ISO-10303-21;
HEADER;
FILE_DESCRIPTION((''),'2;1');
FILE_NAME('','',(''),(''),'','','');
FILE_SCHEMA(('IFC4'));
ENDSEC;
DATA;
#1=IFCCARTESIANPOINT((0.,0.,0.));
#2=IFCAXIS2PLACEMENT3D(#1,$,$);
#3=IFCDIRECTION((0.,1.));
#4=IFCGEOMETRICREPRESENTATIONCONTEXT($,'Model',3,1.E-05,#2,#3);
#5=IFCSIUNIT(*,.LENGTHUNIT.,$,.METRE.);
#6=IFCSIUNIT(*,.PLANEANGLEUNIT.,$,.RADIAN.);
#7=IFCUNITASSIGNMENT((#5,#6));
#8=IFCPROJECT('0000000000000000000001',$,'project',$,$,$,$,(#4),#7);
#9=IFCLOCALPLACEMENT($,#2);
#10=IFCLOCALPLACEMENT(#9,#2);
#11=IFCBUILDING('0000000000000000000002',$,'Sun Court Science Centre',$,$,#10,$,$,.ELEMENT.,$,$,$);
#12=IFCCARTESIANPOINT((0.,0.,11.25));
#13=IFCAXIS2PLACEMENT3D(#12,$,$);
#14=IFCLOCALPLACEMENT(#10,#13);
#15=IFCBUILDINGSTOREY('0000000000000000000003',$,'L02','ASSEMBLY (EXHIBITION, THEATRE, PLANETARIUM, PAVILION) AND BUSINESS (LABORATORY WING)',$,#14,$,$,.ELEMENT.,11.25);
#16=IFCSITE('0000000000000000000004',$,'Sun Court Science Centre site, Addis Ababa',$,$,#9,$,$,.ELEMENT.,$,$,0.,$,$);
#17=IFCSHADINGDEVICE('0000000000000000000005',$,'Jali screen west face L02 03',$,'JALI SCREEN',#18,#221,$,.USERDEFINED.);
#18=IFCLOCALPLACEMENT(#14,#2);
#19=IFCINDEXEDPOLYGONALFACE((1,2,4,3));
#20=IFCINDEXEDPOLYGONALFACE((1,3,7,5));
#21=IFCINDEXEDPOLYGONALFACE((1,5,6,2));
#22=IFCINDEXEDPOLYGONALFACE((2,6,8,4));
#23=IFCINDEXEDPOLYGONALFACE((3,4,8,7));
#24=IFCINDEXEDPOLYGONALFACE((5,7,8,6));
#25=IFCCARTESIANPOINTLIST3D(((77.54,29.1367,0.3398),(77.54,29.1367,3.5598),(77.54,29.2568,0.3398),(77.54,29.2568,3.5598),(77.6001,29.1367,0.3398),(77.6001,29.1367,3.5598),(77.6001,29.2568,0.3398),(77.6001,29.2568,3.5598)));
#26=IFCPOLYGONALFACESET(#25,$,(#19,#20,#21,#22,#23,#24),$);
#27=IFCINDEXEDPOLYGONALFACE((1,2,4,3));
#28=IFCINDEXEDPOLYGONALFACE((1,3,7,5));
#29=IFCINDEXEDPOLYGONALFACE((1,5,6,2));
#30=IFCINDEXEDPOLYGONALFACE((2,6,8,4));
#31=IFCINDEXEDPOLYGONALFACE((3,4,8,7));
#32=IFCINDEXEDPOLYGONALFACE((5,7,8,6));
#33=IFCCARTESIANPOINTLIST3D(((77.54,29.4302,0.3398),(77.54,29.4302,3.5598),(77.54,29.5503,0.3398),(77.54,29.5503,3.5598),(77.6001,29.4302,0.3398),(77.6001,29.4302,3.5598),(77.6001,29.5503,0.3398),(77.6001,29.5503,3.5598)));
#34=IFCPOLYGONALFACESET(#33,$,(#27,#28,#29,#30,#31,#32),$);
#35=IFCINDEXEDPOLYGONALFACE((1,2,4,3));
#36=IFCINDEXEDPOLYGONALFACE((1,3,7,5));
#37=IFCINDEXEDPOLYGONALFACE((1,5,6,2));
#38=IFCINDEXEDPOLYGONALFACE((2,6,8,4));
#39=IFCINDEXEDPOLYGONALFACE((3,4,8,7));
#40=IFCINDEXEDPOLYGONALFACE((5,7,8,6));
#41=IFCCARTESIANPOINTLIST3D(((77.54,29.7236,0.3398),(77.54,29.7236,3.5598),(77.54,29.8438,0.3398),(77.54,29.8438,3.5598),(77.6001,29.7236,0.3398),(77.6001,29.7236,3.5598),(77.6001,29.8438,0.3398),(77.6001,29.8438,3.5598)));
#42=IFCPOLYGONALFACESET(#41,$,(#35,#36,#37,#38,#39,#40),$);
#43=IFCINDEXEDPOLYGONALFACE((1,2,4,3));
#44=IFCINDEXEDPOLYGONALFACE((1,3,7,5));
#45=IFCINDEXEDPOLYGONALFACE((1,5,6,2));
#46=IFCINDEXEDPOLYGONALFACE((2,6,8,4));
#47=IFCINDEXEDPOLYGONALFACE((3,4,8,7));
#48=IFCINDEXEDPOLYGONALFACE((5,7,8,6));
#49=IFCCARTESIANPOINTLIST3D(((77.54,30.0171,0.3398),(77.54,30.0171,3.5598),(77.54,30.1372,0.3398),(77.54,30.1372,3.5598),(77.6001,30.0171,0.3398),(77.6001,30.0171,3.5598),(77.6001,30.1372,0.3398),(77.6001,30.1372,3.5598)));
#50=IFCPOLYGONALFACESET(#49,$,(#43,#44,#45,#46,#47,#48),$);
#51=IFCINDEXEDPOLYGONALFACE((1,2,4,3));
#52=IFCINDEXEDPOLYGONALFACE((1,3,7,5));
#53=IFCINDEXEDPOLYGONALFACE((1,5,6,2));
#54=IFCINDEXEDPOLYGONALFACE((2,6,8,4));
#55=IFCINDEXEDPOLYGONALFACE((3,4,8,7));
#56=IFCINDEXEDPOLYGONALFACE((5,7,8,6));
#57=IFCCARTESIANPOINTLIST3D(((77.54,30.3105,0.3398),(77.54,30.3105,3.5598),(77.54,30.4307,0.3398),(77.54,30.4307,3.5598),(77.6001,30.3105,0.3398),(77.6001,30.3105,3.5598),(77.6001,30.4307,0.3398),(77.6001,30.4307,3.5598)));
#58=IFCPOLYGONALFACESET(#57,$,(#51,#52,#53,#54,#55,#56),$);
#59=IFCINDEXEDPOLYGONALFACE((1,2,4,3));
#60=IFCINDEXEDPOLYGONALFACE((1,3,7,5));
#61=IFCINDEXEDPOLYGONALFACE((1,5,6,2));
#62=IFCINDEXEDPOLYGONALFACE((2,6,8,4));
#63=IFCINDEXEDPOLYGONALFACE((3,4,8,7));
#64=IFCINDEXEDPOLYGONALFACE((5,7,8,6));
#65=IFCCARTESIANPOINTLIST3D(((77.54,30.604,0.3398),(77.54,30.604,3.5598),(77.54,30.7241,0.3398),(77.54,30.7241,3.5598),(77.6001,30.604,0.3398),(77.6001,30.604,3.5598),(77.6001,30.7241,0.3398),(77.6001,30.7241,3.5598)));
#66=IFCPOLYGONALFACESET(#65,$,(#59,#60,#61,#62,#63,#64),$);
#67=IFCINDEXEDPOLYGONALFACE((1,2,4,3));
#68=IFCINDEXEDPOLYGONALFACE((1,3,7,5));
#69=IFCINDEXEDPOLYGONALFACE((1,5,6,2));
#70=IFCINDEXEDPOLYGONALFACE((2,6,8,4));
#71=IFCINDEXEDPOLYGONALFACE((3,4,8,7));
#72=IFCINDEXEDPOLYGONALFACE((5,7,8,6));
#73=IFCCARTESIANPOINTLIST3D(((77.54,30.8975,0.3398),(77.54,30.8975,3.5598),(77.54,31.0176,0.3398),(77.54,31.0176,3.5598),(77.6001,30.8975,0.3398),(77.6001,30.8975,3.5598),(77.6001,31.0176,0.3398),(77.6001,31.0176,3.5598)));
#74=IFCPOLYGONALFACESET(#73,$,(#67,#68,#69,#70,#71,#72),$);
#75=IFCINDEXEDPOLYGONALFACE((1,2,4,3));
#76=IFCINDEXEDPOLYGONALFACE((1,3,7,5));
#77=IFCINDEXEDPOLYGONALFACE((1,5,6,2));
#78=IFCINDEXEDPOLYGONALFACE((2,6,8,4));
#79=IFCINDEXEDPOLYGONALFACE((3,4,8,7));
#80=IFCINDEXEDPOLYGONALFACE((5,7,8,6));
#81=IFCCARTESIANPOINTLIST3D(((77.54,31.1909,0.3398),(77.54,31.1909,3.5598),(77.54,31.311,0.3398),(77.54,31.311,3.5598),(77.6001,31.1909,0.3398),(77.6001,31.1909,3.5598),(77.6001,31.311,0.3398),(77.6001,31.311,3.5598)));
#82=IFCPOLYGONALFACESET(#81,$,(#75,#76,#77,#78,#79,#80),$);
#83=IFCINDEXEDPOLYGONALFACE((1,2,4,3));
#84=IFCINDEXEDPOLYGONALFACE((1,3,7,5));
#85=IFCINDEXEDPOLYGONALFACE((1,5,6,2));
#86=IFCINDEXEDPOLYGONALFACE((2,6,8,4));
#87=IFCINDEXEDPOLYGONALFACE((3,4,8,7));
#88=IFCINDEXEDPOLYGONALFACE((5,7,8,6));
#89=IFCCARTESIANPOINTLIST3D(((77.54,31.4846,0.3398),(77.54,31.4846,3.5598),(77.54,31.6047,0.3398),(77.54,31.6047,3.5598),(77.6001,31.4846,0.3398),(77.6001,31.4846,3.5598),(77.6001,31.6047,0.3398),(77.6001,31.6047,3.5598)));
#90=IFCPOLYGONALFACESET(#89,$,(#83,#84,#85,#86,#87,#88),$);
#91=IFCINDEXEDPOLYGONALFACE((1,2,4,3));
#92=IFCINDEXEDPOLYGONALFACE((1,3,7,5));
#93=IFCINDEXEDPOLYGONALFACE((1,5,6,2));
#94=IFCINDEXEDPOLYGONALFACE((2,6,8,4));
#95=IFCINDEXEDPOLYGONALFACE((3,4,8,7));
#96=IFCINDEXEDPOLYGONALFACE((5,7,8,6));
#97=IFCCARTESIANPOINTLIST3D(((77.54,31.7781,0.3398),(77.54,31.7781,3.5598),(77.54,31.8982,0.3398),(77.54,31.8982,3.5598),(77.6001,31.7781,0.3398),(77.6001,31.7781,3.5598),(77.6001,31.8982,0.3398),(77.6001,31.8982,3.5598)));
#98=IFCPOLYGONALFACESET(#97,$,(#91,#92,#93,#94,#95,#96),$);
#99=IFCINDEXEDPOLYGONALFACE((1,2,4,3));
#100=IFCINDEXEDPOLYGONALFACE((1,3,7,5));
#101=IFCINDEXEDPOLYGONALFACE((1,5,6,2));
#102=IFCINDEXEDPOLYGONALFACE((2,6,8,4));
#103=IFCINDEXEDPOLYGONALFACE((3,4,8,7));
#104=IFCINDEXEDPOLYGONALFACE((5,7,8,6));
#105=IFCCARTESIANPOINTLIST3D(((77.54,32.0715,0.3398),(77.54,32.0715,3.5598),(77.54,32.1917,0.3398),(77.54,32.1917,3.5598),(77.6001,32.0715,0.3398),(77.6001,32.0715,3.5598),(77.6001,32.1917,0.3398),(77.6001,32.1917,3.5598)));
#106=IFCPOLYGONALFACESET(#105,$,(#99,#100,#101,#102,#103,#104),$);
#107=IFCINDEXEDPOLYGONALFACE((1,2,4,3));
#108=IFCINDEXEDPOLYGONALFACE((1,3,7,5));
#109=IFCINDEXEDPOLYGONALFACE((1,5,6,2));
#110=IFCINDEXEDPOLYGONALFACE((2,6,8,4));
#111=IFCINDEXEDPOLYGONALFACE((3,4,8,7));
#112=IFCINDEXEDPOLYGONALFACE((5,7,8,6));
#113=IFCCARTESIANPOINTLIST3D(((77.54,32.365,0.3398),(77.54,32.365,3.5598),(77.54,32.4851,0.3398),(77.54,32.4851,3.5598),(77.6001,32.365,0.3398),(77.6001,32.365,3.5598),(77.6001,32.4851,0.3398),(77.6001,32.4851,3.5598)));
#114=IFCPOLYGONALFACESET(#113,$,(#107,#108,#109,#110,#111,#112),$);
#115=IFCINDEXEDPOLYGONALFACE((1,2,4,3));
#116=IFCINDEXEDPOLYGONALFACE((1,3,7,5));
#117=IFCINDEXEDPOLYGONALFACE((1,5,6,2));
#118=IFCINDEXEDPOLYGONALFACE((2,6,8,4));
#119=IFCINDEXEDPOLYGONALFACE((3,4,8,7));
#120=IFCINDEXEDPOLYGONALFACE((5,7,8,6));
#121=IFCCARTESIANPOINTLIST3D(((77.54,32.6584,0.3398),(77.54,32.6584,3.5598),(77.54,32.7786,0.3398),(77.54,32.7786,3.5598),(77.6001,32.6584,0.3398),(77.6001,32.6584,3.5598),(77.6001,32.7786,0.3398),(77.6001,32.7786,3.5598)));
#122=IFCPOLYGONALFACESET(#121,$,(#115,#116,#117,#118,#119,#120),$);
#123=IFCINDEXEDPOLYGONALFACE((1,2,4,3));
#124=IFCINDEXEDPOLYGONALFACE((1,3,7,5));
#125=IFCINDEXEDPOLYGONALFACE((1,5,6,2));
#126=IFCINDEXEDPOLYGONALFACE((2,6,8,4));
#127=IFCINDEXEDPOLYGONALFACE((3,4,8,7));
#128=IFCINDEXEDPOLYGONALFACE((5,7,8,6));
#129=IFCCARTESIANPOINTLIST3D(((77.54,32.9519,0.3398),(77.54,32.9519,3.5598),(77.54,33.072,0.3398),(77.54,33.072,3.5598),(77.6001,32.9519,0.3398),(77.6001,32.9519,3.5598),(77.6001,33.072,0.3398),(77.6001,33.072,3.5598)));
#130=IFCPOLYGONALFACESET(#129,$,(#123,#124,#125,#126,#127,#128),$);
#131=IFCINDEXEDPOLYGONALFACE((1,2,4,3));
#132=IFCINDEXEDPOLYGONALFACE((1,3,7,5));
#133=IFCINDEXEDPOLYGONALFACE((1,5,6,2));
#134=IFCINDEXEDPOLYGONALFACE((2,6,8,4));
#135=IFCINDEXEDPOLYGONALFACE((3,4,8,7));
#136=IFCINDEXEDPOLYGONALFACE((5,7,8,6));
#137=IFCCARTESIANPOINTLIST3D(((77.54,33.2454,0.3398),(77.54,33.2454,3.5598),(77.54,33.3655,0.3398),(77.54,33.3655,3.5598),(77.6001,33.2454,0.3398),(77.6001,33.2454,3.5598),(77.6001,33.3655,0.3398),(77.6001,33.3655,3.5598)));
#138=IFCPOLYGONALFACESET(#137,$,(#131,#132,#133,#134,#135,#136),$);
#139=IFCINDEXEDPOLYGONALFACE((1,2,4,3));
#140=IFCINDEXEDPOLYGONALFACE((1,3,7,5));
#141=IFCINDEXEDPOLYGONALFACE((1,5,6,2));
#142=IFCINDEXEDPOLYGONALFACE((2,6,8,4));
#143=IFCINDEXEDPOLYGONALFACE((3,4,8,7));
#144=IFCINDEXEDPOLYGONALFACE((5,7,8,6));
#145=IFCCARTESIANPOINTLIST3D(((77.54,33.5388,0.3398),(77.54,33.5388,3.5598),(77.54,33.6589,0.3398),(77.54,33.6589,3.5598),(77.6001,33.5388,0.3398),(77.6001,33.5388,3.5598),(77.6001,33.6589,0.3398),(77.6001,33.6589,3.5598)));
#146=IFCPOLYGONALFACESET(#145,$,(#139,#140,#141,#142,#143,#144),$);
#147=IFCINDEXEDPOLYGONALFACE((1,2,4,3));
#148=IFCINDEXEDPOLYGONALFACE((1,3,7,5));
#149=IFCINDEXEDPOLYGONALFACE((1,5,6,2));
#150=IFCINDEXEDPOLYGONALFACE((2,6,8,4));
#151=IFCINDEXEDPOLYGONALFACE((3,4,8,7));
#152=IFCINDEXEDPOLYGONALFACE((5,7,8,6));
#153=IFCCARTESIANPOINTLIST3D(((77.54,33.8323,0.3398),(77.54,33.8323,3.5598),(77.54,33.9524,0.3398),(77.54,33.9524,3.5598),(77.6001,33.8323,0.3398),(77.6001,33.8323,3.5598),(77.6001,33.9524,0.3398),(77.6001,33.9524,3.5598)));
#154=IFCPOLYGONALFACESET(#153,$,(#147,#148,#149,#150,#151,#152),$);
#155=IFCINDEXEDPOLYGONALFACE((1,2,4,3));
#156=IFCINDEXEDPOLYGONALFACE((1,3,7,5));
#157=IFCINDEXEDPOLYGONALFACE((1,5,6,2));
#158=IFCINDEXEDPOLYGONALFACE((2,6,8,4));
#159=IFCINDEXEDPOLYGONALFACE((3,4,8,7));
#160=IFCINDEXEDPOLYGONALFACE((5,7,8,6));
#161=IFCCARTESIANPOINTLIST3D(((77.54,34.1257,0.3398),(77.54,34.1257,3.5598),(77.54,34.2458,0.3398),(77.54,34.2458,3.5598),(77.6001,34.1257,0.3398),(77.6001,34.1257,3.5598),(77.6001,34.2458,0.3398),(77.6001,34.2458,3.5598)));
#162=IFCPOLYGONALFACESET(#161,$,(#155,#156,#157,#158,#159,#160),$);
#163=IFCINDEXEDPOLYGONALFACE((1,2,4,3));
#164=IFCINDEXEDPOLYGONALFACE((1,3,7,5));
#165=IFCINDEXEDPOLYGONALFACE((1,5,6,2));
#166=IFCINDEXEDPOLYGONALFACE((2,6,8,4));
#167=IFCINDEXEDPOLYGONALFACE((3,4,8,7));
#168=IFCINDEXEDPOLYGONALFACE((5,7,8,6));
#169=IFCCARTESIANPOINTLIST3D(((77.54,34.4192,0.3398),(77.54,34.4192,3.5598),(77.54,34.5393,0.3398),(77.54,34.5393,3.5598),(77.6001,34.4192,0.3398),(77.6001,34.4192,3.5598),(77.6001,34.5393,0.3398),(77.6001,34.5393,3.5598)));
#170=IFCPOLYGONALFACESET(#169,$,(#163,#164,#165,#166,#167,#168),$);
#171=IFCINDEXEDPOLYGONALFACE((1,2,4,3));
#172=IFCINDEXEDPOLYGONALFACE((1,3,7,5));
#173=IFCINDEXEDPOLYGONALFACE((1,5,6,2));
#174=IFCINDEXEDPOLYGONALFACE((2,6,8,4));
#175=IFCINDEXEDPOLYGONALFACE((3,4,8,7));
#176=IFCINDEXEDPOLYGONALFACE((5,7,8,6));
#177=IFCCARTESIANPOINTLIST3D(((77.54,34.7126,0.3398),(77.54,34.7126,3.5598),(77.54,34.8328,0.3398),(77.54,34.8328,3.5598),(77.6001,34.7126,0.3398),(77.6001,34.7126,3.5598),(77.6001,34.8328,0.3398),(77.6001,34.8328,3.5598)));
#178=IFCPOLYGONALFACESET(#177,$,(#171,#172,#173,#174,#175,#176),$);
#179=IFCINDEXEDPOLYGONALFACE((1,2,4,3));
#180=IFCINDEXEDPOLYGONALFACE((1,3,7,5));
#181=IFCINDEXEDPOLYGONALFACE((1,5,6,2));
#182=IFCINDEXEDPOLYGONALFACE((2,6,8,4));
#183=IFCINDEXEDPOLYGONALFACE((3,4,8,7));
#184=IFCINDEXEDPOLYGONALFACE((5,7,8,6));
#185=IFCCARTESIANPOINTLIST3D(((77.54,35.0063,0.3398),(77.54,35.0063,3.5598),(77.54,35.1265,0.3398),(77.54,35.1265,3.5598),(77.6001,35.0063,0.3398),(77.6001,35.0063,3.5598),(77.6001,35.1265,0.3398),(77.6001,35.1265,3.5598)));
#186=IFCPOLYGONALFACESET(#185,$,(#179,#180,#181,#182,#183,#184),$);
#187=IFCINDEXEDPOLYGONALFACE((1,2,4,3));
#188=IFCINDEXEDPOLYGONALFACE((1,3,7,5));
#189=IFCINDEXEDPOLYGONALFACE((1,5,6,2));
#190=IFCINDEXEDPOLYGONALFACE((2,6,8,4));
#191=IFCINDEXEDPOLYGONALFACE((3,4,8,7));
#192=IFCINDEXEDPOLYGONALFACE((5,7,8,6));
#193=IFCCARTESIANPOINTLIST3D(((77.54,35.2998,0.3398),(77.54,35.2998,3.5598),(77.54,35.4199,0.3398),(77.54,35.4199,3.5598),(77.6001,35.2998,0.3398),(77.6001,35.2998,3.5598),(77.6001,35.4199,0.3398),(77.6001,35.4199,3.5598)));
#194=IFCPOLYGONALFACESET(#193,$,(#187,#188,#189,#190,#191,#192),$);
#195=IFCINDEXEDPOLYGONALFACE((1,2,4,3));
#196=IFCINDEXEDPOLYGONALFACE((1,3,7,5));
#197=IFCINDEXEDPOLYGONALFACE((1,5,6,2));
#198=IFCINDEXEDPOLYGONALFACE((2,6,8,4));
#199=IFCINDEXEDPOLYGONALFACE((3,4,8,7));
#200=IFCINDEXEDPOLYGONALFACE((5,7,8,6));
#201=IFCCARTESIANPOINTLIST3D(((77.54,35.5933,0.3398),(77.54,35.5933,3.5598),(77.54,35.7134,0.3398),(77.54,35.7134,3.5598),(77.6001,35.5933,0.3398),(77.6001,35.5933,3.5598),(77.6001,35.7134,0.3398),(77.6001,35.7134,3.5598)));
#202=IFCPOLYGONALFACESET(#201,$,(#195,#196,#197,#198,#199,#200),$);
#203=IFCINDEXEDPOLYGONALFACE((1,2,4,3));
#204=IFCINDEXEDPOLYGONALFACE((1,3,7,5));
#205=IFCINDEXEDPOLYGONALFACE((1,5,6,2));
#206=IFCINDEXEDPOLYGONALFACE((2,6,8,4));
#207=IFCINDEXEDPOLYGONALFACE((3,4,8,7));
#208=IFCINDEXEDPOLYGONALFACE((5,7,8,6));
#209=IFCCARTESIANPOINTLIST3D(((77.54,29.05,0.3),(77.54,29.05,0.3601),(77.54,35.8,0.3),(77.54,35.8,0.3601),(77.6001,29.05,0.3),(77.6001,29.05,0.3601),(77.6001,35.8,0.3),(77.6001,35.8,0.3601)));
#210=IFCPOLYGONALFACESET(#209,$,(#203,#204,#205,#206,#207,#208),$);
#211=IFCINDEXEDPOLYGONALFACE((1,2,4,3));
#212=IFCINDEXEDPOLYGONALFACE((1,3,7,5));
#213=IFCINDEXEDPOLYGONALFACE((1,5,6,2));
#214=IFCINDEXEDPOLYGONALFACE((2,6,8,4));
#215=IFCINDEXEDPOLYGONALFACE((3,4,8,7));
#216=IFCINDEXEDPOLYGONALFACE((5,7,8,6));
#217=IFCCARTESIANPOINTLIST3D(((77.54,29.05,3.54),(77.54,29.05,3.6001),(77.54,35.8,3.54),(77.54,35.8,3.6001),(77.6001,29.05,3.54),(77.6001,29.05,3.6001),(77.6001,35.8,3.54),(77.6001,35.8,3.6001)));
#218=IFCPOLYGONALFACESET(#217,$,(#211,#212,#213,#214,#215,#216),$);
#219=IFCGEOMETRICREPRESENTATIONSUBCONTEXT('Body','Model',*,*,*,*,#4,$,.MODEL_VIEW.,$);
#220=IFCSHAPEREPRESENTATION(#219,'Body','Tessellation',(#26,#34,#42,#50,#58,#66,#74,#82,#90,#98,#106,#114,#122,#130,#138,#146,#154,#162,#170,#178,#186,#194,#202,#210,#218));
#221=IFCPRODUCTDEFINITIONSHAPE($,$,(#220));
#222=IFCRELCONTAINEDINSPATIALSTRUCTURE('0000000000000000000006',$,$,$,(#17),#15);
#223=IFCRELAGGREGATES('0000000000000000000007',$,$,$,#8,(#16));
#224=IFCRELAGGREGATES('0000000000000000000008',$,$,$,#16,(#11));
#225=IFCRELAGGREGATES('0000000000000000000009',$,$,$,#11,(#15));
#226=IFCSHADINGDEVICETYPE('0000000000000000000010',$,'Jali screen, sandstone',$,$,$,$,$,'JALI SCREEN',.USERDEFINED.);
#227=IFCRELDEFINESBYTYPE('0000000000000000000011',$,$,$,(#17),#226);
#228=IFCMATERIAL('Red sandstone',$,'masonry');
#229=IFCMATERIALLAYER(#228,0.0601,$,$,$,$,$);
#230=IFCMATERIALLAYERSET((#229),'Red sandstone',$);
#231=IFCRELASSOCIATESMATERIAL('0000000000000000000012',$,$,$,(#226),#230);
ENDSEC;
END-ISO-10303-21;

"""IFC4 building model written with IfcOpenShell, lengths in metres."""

from ifc_helpers import new_model, si_unit, direction, frame, origin, origin_2d, place, context, subcontext, project, spatial, rectangle, extrude, material, layer, layer_set, type_object, element, save


model = new_model("IFC4")

# Units and contexts
model_context = context("Model", 3, precision=1e-05, world=origin(), true_north=direction((0.0, 1.0)))
body_context = subcontext(model_context, "Body", "Model", "MODEL_VIEW")
ifc_project = project(units=[si_unit("LENGTHUNIT", "METRE"), si_unit("PLANEANGLEUNIT", "RADIAN")], contexts=[model_context])

# Site, building, storey
site_placement = place(None, origin())
site = spatial("IfcSite", under=ifc_project, at=site_placement, Name="Sun Court Science Centre site, Addis Ababa", CompositionType="ELEMENT", RefElevation=0.0)
building_placement = place(site_placement, origin())
building = spatial("IfcBuilding", under=site, at=building_placement, Name="Sun Court Science Centre", CompositionType="ELEMENT")
storey_placement = place(building_placement, frame((0.0, 0.0, 11.25)))
storey = spatial("IfcBuildingStorey", under=building, at=storey_placement, Name="L02", Description="ASSEMBLY (EXHIBITION, THEATRE, PLANETARIUM, PAVILION) AND BUSINESS (LABORATORY WING)", CompositionType="ELEMENT", Elevation=11.25)

# Shading device
ifc_material_1 = material(Name="Red sandstone", Category="masonry")
ifc_layer_1 = layer(ifc_material_1, 0.0601)
ifc_layer_set_1 = layer_set([ifc_layer_1], Name="Red sandstone")
shading_device_type = type_object("IfcShadingDeviceType", Name="Jali screen, sandstone", ElementType="JALI SCREEN", PredefinedType="USERDEFINED", material=ifc_layer_set_1)
shading_device_1_placement = place(storey_placement, frame((0.0, 0.0, -11.25)))
element("IfcShadingDevice", 1, at=shading_device_1_placement, inside=storey, type_object=shading_device_type, Name="Jali screen west face L02 03", ObjectType="JALI SCREEN", PredefinedType="USERDEFINED", context=body_context, shape_type="SweptSolid", body=[
    extrude(rectangle(XDim=0.1201, YDim=0.0601, at=origin_2d()), frame((77.5701, 29.1968, 11.5898), z_axis=(0.0, 0.0, 1.0), x_axis=(0.0, 1.0, 0.0)), (0.0, 0.0, 1.0), 3.22),
    extrude(rectangle(XDim=0.1201, YDim=0.0601, at=origin_2d()), frame((77.5701, 29.4902, 11.5898), z_axis=(0.0, 0.0, 1.0), x_axis=(0.0, 1.0, 0.0)), (0.0, 0.0, 1.0), 3.22),
    extrude(rectangle(XDim=0.1201, YDim=0.0601, at=origin_2d()), frame((77.5701, 29.7837, 11.5898), z_axis=(0.0, 0.0, 1.0), x_axis=(0.0, 1.0, 0.0)), (0.0, 0.0, 1.0), 3.22),
    extrude(rectangle(XDim=0.1201, YDim=0.0601, at=origin_2d()), frame((77.5701, 30.0771, 11.5898), z_axis=(0.0, 0.0, 1.0), x_axis=(0.0, 1.0, 0.0)), (0.0, 0.0, 1.0), 3.22),
    extrude(rectangle(XDim=0.1201, YDim=0.0601, at=origin_2d()), frame((77.5701, 30.3706, 11.5898), z_axis=(0.0, 0.0, 1.0), x_axis=(0.0, 1.0, 0.0)), (0.0, 0.0, 1.0), 3.22),
    extrude(rectangle(XDim=0.1201, YDim=0.0601, at=origin_2d()), frame((77.5701, 30.6641, 11.5898), z_axis=(0.0, 0.0, 1.0), x_axis=(0.0, 1.0, 0.0)), (0.0, 0.0, 1.0), 3.22),
    extrude(rectangle(XDim=0.1201, YDim=0.0601, at=origin_2d()), frame((77.5701, 30.9575, 11.5898), z_axis=(0.0, 0.0, 1.0), x_axis=(0.0, 1.0, 0.0)), (0.0, 0.0, 1.0), 3.22),
    extrude(rectangle(XDim=0.1201, YDim=0.0601, at=origin_2d()), frame((77.5701, 31.251, 11.5898), z_axis=(0.0, 0.0, 1.0), x_axis=(0.0, 1.0, 0.0)), (0.0, 0.0, 1.0), 3.22),
    extrude(rectangle(XDim=0.1201, YDim=0.0601, at=origin_2d()), frame((77.5701, 31.5447, 11.5898), z_axis=(0.0, 0.0, 1.0), x_axis=(0.0, 1.0, 0.0)), (0.0, 0.0, 1.0), 3.22),
    extrude(rectangle(XDim=0.1201, YDim=0.0601, at=origin_2d()), frame((77.5701, 31.8381, 11.5898), z_axis=(0.0, 0.0, 1.0), x_axis=(0.0, 1.0, 0.0)), (0.0, 0.0, 1.0), 3.22),
    extrude(rectangle(XDim=0.1201, YDim=0.0601, at=origin_2d()), frame((77.5701, 32.1316, 11.5898), z_axis=(0.0, 0.0, 1.0), x_axis=(0.0, 1.0, 0.0)), (0.0, 0.0, 1.0), 3.22),
    extrude(rectangle(XDim=0.1201, YDim=0.0601, at=origin_2d()), frame((77.5701, 32.425, 11.5898), z_axis=(0.0, 0.0, 1.0), x_axis=(0.0, 1.0, 0.0)), (0.0, 0.0, 1.0), 3.22),
    extrude(rectangle(XDim=0.1201, YDim=0.0601, at=origin_2d()), frame((77.5701, 32.7185, 11.5898), z_axis=(0.0, 0.0, 1.0), x_axis=(0.0, 1.0, 0.0)), (0.0, 0.0, 1.0), 3.22),
    extrude(rectangle(XDim=0.1201, YDim=0.0601, at=origin_2d()), frame((77.5701, 33.012, 11.5898), z_axis=(0.0, 0.0, 1.0), x_axis=(0.0, 1.0, 0.0)), (0.0, 0.0, 1.0), 3.22),
    extrude(rectangle(XDim=0.1201, YDim=0.0601, at=origin_2d()), frame((77.5701, 33.3054, 11.5898), z_axis=(0.0, 0.0, 1.0), x_axis=(0.0, 1.0, 0.0)), (0.0, 0.0, 1.0), 3.22),
    extrude(rectangle(XDim=0.1201, YDim=0.0601, at=origin_2d()), frame((77.5701, 33.5989, 11.5898), z_axis=(0.0, 0.0, 1.0), x_axis=(0.0, 1.0, 0.0)), (0.0, 0.0, 1.0), 3.22),
    extrude(rectangle(XDim=0.1201, YDim=0.0601, at=origin_2d()), frame((77.5701, 33.8923, 11.5898), z_axis=(0.0, 0.0, 1.0), x_axis=(0.0, 1.0, 0.0)), (0.0, 0.0, 1.0), 3.22),
    extrude(rectangle(XDim=0.1201, YDim=0.0601, at=origin_2d()), frame((77.5701, 34.1858, 11.5898), z_axis=(0.0, 0.0, 1.0), x_axis=(0.0, 1.0, 0.0)), (0.0, 0.0, 1.0), 3.22),
    extrude(rectangle(XDim=0.1201, YDim=0.0601, at=origin_2d()), frame((77.5701, 34.4792, 11.5898), z_axis=(0.0, 0.0, 1.0), x_axis=(0.0, 1.0, 0.0)), (0.0, 0.0, 1.0), 3.22),
    extrude(rectangle(XDim=0.1201, YDim=0.0601, at=origin_2d()), frame((77.5701, 34.7727, 11.5898), z_axis=(0.0, 0.0, 1.0), x_axis=(0.0, 1.0, 0.0)), (0.0, 0.0, 1.0), 3.22),
    extrude(rectangle(XDim=0.1201, YDim=0.0601, at=origin_2d()), frame((77.5701, 35.0664, 11.5898), z_axis=(0.0, 0.0, 1.0), x_axis=(0.0, 1.0, 0.0)), (0.0, 0.0, 1.0), 3.22),
    extrude(rectangle(XDim=0.1201, YDim=0.0601, at=origin_2d()), frame((77.5701, 35.3599, 11.5898), z_axis=(0.0, 0.0, 1.0), x_axis=(0.0, 1.0, 0.0)), (0.0, 0.0, 1.0), 3.22),
    extrude(rectangle(XDim=0.1201, YDim=0.0601, at=origin_2d()), frame((77.5701, 35.6533, 11.5898), z_axis=(0.0, 0.0, 1.0), x_axis=(0.0, 1.0, 0.0)), (0.0, 0.0, 1.0), 3.22),
    extrude(rectangle(XDim=6.75, YDim=0.0601, at=origin_2d()), frame((77.5701, 32.425, 11.55), z_axis=(0.0, 0.0, 1.0), x_axis=(0.0, 1.0, 0.0)), (0.0, 0.0, 1.0), 0.0601),
    extrude(rectangle(XDim=6.75, YDim=0.0601, at=origin_2d()), frame((77.5701, 32.425, 14.79), z_axis=(0.0, 0.0, 1.0), x_axis=(0.0, 1.0, 0.0)), (0.0, 0.0, 1.0), 0.0601),
])

save(model, "model.ifc")
